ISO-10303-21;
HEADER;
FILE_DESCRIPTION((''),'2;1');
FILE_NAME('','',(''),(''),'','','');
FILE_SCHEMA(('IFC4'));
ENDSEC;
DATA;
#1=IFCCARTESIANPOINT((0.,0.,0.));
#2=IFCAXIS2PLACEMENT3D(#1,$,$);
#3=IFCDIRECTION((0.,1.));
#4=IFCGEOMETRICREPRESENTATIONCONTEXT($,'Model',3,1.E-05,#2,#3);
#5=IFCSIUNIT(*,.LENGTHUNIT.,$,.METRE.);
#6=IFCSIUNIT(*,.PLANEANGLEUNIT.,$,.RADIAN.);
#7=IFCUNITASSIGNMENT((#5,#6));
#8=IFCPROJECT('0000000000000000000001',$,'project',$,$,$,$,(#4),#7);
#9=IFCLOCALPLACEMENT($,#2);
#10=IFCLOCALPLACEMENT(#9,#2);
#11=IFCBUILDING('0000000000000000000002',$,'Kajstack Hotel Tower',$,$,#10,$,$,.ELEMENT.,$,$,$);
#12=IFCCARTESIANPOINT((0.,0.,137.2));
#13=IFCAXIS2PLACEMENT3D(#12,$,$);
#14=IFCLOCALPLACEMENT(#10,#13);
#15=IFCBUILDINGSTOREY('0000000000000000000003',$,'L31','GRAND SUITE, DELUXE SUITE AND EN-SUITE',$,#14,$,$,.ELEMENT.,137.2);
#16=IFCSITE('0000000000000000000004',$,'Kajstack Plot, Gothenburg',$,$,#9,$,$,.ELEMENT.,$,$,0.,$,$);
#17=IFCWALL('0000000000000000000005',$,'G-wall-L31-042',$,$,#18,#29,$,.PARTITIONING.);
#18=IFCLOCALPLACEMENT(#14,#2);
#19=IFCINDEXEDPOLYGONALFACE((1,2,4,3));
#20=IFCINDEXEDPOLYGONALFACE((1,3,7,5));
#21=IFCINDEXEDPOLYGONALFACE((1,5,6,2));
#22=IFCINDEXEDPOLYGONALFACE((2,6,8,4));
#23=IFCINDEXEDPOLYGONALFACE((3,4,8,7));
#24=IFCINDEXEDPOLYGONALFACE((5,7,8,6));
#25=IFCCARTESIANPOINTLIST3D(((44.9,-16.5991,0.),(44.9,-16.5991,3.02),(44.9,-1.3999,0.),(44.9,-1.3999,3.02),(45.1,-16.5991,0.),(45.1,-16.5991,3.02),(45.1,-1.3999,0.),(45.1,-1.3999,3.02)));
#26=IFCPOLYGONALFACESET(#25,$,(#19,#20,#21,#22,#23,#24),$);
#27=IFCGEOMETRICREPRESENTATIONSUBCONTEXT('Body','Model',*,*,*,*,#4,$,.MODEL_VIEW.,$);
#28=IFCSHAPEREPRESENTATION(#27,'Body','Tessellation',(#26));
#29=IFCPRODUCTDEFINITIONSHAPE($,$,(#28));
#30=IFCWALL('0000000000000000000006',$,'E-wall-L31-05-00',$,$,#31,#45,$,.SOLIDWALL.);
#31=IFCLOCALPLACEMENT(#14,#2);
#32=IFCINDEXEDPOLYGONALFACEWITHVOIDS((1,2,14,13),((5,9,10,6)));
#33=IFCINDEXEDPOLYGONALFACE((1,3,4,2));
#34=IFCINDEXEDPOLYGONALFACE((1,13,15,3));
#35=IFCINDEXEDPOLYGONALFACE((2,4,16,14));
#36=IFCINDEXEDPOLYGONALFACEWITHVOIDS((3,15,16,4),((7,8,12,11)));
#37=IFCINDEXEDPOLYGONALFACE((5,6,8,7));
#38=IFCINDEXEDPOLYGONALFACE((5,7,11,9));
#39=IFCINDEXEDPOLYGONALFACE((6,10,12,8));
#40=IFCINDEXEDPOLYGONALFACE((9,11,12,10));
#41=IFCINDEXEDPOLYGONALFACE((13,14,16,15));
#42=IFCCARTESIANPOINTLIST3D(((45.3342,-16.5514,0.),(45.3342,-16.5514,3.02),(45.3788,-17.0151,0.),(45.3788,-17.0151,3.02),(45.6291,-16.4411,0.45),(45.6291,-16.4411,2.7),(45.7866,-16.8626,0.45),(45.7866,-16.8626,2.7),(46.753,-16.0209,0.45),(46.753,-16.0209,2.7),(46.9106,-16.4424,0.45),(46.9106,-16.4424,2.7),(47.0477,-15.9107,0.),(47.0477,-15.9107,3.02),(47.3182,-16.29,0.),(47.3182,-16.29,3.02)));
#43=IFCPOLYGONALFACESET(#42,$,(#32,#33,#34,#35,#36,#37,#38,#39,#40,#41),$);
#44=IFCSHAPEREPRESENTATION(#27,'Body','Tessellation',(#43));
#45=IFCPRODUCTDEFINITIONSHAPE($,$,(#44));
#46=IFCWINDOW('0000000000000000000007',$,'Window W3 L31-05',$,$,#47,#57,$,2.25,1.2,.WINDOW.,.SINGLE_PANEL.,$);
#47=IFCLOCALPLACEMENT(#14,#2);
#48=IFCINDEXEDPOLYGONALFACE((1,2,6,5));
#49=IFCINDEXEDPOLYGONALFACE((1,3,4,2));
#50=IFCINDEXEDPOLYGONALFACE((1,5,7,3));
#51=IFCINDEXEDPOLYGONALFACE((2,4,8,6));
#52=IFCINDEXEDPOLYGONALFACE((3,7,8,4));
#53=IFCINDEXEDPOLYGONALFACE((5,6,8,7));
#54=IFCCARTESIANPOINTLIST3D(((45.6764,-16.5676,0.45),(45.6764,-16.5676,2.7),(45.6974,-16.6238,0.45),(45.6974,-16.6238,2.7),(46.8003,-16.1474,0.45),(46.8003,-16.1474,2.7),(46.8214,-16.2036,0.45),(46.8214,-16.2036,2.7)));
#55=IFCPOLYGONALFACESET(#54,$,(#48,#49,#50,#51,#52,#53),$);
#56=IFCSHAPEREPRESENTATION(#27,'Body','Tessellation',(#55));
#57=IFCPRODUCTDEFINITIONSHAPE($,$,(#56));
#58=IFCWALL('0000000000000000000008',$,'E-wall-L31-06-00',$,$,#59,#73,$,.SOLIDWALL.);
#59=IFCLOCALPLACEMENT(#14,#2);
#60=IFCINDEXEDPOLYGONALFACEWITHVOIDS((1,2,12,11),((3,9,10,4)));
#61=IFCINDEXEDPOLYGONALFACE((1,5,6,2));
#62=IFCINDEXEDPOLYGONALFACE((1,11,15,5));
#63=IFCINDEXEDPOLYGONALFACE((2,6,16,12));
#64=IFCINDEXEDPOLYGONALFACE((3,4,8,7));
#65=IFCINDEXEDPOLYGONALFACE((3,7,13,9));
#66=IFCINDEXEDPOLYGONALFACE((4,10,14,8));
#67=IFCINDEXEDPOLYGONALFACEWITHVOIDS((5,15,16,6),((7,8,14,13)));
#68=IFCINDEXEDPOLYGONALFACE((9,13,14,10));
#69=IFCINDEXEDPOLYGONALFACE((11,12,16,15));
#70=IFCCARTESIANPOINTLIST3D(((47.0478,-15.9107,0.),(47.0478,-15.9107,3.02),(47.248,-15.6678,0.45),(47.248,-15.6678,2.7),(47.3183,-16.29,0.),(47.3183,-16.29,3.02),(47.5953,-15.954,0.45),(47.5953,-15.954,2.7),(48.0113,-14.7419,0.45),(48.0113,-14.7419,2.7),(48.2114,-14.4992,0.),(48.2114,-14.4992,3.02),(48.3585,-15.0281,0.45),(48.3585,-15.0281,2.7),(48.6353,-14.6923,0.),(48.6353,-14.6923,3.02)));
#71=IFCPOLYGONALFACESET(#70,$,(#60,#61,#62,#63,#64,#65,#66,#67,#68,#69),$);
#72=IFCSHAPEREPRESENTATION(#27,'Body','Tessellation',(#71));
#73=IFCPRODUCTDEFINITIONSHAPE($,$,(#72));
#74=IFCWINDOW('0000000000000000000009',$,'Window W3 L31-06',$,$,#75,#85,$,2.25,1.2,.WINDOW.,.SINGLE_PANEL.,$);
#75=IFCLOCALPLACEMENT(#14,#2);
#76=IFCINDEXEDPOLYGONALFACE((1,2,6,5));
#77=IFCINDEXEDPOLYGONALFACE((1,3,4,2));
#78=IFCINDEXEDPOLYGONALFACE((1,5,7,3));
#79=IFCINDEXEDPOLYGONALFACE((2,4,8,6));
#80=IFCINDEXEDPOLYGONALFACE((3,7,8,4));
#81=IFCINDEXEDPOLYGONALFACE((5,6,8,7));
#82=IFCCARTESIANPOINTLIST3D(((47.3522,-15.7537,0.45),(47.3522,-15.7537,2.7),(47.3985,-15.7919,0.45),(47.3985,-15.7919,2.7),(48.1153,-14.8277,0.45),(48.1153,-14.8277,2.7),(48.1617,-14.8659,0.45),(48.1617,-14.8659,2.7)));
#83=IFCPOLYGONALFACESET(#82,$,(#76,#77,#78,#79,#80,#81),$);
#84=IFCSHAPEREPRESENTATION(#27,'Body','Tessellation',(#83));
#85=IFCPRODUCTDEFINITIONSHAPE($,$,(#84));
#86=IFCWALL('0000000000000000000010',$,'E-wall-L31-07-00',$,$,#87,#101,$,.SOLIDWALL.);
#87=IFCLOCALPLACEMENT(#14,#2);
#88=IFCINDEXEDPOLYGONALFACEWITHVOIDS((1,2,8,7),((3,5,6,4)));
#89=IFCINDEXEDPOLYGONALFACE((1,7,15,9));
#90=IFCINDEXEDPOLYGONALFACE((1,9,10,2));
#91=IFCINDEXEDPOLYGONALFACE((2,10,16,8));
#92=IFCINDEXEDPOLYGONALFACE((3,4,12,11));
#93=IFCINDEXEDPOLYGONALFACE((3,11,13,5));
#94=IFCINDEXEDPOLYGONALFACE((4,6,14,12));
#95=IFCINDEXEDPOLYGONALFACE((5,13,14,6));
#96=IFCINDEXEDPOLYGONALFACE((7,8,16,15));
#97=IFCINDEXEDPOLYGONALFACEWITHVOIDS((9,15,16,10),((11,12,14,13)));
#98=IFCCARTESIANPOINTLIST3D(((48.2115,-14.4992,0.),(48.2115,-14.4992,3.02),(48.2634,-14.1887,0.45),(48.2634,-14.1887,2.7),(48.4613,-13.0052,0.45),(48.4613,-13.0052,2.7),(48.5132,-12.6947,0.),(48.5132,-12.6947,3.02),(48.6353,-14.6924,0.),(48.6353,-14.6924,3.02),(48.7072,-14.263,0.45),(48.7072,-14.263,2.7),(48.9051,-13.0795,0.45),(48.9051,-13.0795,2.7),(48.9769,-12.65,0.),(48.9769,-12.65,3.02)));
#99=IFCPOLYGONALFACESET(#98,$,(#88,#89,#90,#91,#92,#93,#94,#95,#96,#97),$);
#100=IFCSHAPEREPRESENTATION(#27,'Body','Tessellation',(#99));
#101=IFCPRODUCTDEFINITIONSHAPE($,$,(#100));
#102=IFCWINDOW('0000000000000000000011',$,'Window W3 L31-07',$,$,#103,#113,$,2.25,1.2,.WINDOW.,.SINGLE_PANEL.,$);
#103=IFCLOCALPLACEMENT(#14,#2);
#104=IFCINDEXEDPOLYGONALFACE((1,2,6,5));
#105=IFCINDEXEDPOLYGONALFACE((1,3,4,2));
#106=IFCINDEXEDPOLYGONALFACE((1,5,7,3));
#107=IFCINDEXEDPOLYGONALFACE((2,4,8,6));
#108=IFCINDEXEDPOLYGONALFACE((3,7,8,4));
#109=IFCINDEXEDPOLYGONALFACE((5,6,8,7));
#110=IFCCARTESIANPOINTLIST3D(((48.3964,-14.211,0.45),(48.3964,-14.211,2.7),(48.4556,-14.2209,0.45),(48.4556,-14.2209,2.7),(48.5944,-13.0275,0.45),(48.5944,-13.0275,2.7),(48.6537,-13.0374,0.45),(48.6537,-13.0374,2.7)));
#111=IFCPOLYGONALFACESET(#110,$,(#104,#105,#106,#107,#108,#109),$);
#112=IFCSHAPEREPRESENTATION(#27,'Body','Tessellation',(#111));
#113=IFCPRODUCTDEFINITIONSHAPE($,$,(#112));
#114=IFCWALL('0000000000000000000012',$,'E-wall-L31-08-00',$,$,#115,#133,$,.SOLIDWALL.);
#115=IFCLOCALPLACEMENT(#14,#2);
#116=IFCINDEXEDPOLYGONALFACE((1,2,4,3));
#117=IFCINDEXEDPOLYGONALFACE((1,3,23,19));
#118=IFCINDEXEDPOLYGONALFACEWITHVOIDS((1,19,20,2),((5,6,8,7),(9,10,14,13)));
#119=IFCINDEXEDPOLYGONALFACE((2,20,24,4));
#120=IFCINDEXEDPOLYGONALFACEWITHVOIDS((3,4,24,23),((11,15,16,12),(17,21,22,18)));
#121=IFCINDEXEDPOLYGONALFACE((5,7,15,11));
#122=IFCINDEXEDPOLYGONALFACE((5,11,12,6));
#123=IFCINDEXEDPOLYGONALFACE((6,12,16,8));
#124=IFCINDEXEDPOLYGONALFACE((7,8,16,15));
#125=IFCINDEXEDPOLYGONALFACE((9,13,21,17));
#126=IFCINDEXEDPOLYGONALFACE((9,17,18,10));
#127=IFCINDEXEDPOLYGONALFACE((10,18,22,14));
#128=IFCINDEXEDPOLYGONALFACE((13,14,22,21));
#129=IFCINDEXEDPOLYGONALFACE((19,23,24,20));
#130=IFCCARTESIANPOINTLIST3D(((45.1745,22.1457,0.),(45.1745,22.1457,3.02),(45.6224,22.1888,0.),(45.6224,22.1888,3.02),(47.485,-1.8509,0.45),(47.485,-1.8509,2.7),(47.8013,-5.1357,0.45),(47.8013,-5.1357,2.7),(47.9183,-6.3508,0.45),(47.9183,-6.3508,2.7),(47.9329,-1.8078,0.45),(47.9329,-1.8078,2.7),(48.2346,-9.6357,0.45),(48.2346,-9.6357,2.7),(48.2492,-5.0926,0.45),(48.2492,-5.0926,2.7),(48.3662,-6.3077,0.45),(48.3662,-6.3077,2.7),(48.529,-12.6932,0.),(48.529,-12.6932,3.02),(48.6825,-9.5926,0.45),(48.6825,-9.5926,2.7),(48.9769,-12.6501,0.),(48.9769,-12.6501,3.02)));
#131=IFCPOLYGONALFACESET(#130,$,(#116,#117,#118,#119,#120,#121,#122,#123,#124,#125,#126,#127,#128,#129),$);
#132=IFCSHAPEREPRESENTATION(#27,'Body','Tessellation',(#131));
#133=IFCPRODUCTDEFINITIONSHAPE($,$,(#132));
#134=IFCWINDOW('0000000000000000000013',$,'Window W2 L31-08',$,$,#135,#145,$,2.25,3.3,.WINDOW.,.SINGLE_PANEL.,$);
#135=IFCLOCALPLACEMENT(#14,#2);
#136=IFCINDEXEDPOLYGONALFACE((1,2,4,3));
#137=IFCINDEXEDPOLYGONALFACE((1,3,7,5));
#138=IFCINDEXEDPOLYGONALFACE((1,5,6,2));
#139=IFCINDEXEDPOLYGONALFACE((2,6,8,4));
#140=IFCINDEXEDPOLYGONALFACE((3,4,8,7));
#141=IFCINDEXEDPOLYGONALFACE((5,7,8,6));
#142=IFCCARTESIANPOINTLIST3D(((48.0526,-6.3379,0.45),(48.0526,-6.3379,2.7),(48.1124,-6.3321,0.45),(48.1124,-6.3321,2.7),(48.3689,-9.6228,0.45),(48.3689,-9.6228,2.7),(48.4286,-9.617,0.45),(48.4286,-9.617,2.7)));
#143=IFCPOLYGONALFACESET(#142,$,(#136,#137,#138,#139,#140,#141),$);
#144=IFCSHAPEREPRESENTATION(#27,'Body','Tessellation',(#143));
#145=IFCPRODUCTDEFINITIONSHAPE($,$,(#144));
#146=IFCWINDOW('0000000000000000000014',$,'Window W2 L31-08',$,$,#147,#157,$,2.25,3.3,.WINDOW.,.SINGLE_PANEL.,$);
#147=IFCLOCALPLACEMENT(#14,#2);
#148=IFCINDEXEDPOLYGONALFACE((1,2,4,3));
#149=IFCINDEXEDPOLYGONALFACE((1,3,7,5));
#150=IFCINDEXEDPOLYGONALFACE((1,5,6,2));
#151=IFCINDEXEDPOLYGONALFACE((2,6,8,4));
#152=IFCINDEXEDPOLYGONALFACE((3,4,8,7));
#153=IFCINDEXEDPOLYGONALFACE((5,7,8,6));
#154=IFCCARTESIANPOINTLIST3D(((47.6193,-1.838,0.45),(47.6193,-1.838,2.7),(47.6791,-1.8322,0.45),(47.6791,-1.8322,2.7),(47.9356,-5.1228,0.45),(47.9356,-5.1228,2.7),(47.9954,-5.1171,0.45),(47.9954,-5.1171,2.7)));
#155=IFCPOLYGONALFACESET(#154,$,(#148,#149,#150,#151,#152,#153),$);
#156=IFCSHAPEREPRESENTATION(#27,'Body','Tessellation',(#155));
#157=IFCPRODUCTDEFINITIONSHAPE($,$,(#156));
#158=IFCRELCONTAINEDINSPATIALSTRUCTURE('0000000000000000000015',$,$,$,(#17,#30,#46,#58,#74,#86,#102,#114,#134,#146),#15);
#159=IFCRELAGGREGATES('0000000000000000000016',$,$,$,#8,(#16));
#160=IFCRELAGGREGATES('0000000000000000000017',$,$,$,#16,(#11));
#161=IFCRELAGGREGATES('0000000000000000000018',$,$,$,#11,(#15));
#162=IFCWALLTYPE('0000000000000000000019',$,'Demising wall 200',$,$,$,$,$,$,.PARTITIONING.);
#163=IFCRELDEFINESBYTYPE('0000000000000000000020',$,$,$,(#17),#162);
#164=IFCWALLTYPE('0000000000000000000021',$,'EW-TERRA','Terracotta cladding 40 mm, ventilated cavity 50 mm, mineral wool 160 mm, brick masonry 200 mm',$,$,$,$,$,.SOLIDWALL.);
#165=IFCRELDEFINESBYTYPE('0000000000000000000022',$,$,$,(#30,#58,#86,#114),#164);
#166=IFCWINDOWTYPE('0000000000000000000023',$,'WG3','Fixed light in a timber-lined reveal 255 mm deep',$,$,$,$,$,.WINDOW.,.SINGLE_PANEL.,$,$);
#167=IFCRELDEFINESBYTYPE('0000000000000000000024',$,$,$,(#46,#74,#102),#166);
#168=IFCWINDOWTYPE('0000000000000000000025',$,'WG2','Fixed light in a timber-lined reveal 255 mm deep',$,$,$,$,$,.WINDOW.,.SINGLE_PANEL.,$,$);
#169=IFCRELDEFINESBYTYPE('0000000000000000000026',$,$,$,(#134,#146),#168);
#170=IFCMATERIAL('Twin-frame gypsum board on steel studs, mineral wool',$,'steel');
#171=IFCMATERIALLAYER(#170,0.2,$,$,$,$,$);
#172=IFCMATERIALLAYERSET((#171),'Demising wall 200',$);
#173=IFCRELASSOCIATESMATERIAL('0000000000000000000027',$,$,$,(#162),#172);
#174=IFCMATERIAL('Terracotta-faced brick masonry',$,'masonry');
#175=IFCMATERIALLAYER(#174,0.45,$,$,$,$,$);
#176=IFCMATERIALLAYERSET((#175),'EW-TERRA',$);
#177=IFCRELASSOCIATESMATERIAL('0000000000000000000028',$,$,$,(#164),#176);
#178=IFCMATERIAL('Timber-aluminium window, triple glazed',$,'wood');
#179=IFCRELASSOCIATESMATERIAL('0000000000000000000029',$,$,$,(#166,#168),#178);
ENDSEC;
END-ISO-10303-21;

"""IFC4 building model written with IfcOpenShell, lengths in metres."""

from ifc_helpers import new_model, si_unit, direction, frame, frame_2d, origin, place, context, subcontext, project, spatial, polyline, rectangle, outline, extrude, material, layer, layer_set, type_object, element, fill, save


model = new_model("IFC4")

# Units and contexts
model_context = context("Model", 3, precision=1e-05, world=origin(), true_north=direction((0.0, 1.0)))
body_context = subcontext(model_context, "Body", "Model", "MODEL_VIEW")
ifc_project = project(units=[si_unit("LENGTHUNIT", "METRE"), si_unit("PLANEANGLEUNIT", "RADIAN")], contexts=[model_context])

# Site, building, storey
site_placement = place(None, origin())
site = spatial("IfcSite", under=ifc_project, at=site_placement, Name="Kajstack Plot, Gothenburg", CompositionType="ELEMENT", RefElevation=0.0)
building_placement = place(site_placement, origin())
building = spatial("IfcBuilding", under=site, at=building_placement, Name="Kajstack Hotel Tower", CompositionType="ELEMENT")
storey_placement = place(building_placement, frame((0.0, 0.0, 137.2)))
storey = spatial("IfcBuildingStorey", under=building, at=storey_placement, Name="L31", Description="GRAND SUITE, DELUXE SUITE AND EN-SUITE", CompositionType="ELEMENT", Elevation=137.2)

# Wall
ifc_material_1 = material(Name="Twin-frame gypsum board on steel studs, mineral wool", Category="steel")
ifc_layer_1 = layer(ifc_material_1, 0.2)
ifc_layer_set_1 = layer_set([ifc_layer_1], Name="Demising wall 200")
wall_type_1 = type_object("IfcWallType", Name="Demising wall 200", PredefinedType="PARTITIONING", material=ifc_layer_set_1)
wall_1_placement = place(storey_placement, frame((45.0, -16.5991, 0.0), z_axis=(0.0, 0.0, 1.0), x_axis=(0.0, 1.0, 0.0)))
element("IfcWall", 1, at=wall_1_placement, inside=storey, type_object=wall_type_1, Name="G-wall-L31-042", PredefinedType="PARTITIONING", context=body_context, shape_type="SweptSolid", body=[
    extrude(rectangle(XDim=15.1992, YDim=0.2, at=frame_2d((7.5996, 0.0))), origin(), (0.0, 0.0, 1.0), 3.02),
])

# Walls, openings, windows
ifc_material_2 = material(Name="Terracotta-faced brick masonry", Category="masonry")
ifc_layer_2 = layer(ifc_material_2, 0.45)
ifc_layer_set_2 = layer_set([ifc_layer_2], Name="EW-TERRA")
wall_type_2 = type_object("IfcWallType", Name="EW-TERRA", Description="Terracotta cladding 40 mm, ventilated cavity 50 mm, mineral wool 160 mm, brick masonry 200 mm", PredefinedType="SOLIDWALL", material=ifc_layer_set_2)
wall_2_placement = place(storey_placement, frame((45.3, -16.8044, 0.0), z_axis=(0.0, 0.0, 1.0), x_axis=(0.936678, 0.350193, 0.0)))
wall_2 = element("IfcWall", 2, at=wall_2_placement, inside=storey, type_object=wall_type_2, Name="E-wall-L31-05-00", PredefinedType="SOLIDWALL", context=body_context, shape_type="SweptSolid", body=[
    extrude(outline(polyline([(0.0, -0.2249), (2.0706, -0.2249), (1.95, 0.2251), (0.1206, 0.2251), (0.0, -0.2249)])), origin(), (0.0, 0.0, 1.0), 3.02),
])
opening_1_placement = place(wall_2_placement, frame((0.4353, 0.0, 0.45)))
opening_1 = element("IfcOpeningElement", 3, at=opening_1_placement, cuts=wall_2, PredefinedType="OPENING", context=body_context, shape_type="SweptSolid", body=[
    extrude(rectangle(XDim=1.2, YDim=2.25, at=frame_2d((0.6001, 1.125))), frame((0.0, 0.2349, 0.0), z_axis=(0.0, -1.0, 0.0), x_axis=(1.0, 0.0, 0.0)), (0.0, 0.0, 1.0), 0.47),
])
ifc_material_3 = material(Name="Timber-aluminium window, triple glazed", Category="wood")
window_type_1 = type_object("IfcWindowType", Name="WG3", Description="Fixed light in a timber-lined reveal 255 mm deep", PartitioningType="SINGLE_PANEL", PredefinedType="WINDOW", material=ifc_material_3)
window_1_placement = place(opening_1_placement, origin())
window_1 = element("IfcWindow", 4, at=window_1_placement, inside=storey, type_object=window_type_1, Name="Window W3 L31-05", OverallHeight=2.25, OverallWidth=1.2, PartitioningType="SINGLE_PANEL", PredefinedType="WINDOW", context=body_context, shape_type="SweptSolid", body=[
    extrude(rectangle(XDim=1.2, YDim=2.25, at=frame_2d((0.6001, 1.125))), frame((0.0, 0.0901, 0.0), z_axis=(0.0, -1.0, 0.0), x_axis=(1.0, 0.0, 0.0)), (0.0, 0.0, 1.0), 0.0601),
])
fill(opening_1, window_1)
wall_3_placement = place(storey_placement, frame((47.1448, -16.147, 0.0), z_axis=(0.0, 0.0, 1.0), x_axis=(0.635988, 0.771699, 0.0)))
wall_3 = element("IfcWall", 5, at=wall_3_placement, inside=storey, type_object=wall_type_2, Name="E-wall-L31-06-00", PredefinedType="SOLIDWALL", context=body_context, shape_type="SweptSolid", body=[
    extrude(outline(polyline([(0.0, -0.2249), (2.0706, -0.2251), (1.95, 0.2249), (0.1206, 0.2251), (0.0, -0.2249)])), origin(), (0.0, 0.0, 1.0), 3.02),
])
opening_2_placement = place(wall_3_placement, frame((0.4353, 0.0, 0.45)))
opening_2 = element("IfcOpeningElement", 6, at=opening_2_placement, cuts=wall_3, PredefinedType="OPENING", context=body_context, shape_type="SweptSolid", body=[
    extrude(rectangle(XDim=1.2, YDim=2.25, at=frame_2d((0.6001, 1.125))), frame((0.0, 0.2349, 0.0), z_axis=(0.0, -1.0, 0.0), x_axis=(1.0, 0.0, 0.0)), (0.0, 0.0, 1.0), 0.47),
])
window_2_placement = place(opening_2_placement, origin())
window_2 = element("IfcWindow", 7, at=window_2_placement, inside=storey, type_object=window_type_1, Name="Window W3 L31-06", OverallHeight=2.25, OverallWidth=1.2, PartitioningType="SINGLE_PANEL", PredefinedType="WINDOW", context=body_context, shape_type="SweptSolid", body=[
    extrude(rectangle(XDim=1.2, YDim=2.25, at=frame_2d((0.6001, 1.125))), frame((0.0, 0.0901, 0.0), z_axis=(0.0, -1.0, 0.0), x_axis=(1.0, 0.0, 0.0)), (0.0, 0.0, 1.0), 0.0601),
])
fill(opening_2, window_2)
wall_4_placement = place(storey_placement, frame((48.4133, -14.6553, 0.0), z_axis=(0.0, 0.0, 1.0), x_axis=(0.165068, 0.986282, 0.0)))
wall_4 = element("IfcWall", 8, at=wall_4_placement, inside=storey, type_object=wall_type_2, Name="E-wall-L31-07-00", PredefinedType="SOLIDWALL", context=body_context, shape_type="SweptSolid", body=[
    extrude(outline(polyline([(0.0, -0.2251), (2.0708, -0.2249), (1.9502, 0.2251), (0.1206, 0.2249), (0.0, -0.2251)])), origin(), (0.0, 0.0, 1.0), 3.02),
])
opening_3_placement = place(wall_4_placement, frame((0.4353, 0.0, 0.45)))
opening_3 = element("IfcOpeningElement", 9, at=opening_3_placement, cuts=wall_4, PredefinedType="OPENING", context=body_context, shape_type="SweptSolid", body=[
    extrude(rectangle(XDim=1.2, YDim=2.25, at=frame_2d((0.6001, 1.125))), frame((0.0, 0.2349, 0.0), z_axis=(0.0, -1.0, 0.0), x_axis=(1.0, 0.0, 0.0)), (0.0, 0.0, 1.0), 0.47),
])
window_3_placement = place(opening_3_placement, origin())
window_3 = element("IfcWindow", 10, at=window_3_placement, inside=storey, type_object=window_type_1, Name="Window W3 L31-07", OverallHeight=2.25, OverallWidth=1.2, PartitioningType="SINGLE_PANEL", PredefinedType="WINDOW", context=body_context, shape_type="SweptSolid", body=[
    extrude(rectangle(XDim=1.2, YDim=2.25, at=frame_2d((0.6001, 1.125))), frame((0.0, 0.0901, 0.0), z_axis=(0.0, -1.0, 0.0), x_axis=(1.0, 0.0, 0.0)), (0.0, 0.0, 1.0), 0.0601),
])
fill(opening_3, window_3)

# Wall, openings, windows
wall_5_placement = place(storey_placement, frame((48.7529, -12.6716, 0.0), z_axis=(0.0, 0.0, 1.0), x_axis=(-0.095843, 0.995396, 0.0)))
wall_5 = element("IfcWall", 11, at=wall_5_placement, inside=storey, type_object=wall_type_2, Name="E-wall-L31-08-00", PredefinedType="SOLIDWALL", context=body_context, shape_type="SweptSolid", body=[
    extrude(rectangle(XDim=35.0, YDim=0.45, at=frame_2d((17.5, 0.0))), origin(), (0.0, 0.0, 1.0), 3.02),
])
opening_4_placement = place(wall_5_placement, frame((3.0718, 0.0, 0.45)))
opening_4 = element("IfcOpeningElement", 12, at=opening_4_placement, cuts=wall_5, PredefinedType="OPENING", context=body_context, shape_type="SweptSolid", body=[
    extrude(rectangle(XDim=3.3, YDim=2.25, at=frame_2d((1.6499, 1.125))), frame((0.0, 0.2349, 0.0), z_axis=(0.0, -1.0, 0.0), x_axis=(1.0, 0.0, 0.0)), (0.0, 0.0, 1.0), 0.47),
])
opening_5_placement = place(wall_5_placement, frame((7.5925, 0.0, 0.45)))
opening_5 = element("IfcOpeningElement", 13, at=opening_5_placement, cuts=wall_5, PredefinedType="OPENING", context=body_context, shape_type="SweptSolid", body=[
    extrude(rectangle(XDim=3.3, YDim=2.25, at=frame_2d((1.6499, 1.125))), frame((0.0, 0.2349, 0.0), z_axis=(0.0, -1.0, 0.0), x_axis=(1.0, 0.0, 0.0)), (0.0, 0.0, 1.0), 0.47),
])
window_type_2 = type_object("IfcWindowType", Name="WG2", Description="Fixed light in a timber-lined reveal 255 mm deep", PartitioningType="SINGLE_PANEL", PredefinedType="WINDOW", material=ifc_material_3)
window_4_placement = place(opening_4_placement, origin())
window_4 = element("IfcWindow", 14, at=window_4_placement, inside=storey, type_object=window_type_2, Name="Window W2 L31-08", OverallHeight=2.25, OverallWidth=3.3, PartitioningType="SINGLE_PANEL", PredefinedType="WINDOW", context=body_context, shape_type="SweptSolid", body=[
    extrude(rectangle(XDim=3.3, YDim=2.25, at=frame_2d((1.6499, 1.125))), frame((0.0, 0.0901, 0.0), z_axis=(0.0, -1.0, 0.0), x_axis=(1.0, 0.0, 0.0)), (0.0, 0.0, 1.0), 0.0601),
])
fill(opening_4, window_4)
window_5_placement = place(opening_5_placement, origin())
window_5 = element("IfcWindow", 15, at=window_5_placement, inside=storey, type_object=window_type_2, Name="Window W2 L31-08", OverallHeight=2.25, OverallWidth=3.3, PartitioningType="SINGLE_PANEL", PredefinedType="WINDOW", context=body_context, shape_type="SweptSolid", body=[
    extrude(rectangle(XDim=3.3, YDim=2.25, at=frame_2d((1.6499, 1.125))), frame((0.0, 0.0901, 0.0), z_axis=(0.0, -1.0, 0.0), x_axis=(1.0, 0.0, 0.0)), (0.0, 0.0, 1.0), 0.0601),
])
fill(opening_5, window_5)

save(model, "model.ifc")
